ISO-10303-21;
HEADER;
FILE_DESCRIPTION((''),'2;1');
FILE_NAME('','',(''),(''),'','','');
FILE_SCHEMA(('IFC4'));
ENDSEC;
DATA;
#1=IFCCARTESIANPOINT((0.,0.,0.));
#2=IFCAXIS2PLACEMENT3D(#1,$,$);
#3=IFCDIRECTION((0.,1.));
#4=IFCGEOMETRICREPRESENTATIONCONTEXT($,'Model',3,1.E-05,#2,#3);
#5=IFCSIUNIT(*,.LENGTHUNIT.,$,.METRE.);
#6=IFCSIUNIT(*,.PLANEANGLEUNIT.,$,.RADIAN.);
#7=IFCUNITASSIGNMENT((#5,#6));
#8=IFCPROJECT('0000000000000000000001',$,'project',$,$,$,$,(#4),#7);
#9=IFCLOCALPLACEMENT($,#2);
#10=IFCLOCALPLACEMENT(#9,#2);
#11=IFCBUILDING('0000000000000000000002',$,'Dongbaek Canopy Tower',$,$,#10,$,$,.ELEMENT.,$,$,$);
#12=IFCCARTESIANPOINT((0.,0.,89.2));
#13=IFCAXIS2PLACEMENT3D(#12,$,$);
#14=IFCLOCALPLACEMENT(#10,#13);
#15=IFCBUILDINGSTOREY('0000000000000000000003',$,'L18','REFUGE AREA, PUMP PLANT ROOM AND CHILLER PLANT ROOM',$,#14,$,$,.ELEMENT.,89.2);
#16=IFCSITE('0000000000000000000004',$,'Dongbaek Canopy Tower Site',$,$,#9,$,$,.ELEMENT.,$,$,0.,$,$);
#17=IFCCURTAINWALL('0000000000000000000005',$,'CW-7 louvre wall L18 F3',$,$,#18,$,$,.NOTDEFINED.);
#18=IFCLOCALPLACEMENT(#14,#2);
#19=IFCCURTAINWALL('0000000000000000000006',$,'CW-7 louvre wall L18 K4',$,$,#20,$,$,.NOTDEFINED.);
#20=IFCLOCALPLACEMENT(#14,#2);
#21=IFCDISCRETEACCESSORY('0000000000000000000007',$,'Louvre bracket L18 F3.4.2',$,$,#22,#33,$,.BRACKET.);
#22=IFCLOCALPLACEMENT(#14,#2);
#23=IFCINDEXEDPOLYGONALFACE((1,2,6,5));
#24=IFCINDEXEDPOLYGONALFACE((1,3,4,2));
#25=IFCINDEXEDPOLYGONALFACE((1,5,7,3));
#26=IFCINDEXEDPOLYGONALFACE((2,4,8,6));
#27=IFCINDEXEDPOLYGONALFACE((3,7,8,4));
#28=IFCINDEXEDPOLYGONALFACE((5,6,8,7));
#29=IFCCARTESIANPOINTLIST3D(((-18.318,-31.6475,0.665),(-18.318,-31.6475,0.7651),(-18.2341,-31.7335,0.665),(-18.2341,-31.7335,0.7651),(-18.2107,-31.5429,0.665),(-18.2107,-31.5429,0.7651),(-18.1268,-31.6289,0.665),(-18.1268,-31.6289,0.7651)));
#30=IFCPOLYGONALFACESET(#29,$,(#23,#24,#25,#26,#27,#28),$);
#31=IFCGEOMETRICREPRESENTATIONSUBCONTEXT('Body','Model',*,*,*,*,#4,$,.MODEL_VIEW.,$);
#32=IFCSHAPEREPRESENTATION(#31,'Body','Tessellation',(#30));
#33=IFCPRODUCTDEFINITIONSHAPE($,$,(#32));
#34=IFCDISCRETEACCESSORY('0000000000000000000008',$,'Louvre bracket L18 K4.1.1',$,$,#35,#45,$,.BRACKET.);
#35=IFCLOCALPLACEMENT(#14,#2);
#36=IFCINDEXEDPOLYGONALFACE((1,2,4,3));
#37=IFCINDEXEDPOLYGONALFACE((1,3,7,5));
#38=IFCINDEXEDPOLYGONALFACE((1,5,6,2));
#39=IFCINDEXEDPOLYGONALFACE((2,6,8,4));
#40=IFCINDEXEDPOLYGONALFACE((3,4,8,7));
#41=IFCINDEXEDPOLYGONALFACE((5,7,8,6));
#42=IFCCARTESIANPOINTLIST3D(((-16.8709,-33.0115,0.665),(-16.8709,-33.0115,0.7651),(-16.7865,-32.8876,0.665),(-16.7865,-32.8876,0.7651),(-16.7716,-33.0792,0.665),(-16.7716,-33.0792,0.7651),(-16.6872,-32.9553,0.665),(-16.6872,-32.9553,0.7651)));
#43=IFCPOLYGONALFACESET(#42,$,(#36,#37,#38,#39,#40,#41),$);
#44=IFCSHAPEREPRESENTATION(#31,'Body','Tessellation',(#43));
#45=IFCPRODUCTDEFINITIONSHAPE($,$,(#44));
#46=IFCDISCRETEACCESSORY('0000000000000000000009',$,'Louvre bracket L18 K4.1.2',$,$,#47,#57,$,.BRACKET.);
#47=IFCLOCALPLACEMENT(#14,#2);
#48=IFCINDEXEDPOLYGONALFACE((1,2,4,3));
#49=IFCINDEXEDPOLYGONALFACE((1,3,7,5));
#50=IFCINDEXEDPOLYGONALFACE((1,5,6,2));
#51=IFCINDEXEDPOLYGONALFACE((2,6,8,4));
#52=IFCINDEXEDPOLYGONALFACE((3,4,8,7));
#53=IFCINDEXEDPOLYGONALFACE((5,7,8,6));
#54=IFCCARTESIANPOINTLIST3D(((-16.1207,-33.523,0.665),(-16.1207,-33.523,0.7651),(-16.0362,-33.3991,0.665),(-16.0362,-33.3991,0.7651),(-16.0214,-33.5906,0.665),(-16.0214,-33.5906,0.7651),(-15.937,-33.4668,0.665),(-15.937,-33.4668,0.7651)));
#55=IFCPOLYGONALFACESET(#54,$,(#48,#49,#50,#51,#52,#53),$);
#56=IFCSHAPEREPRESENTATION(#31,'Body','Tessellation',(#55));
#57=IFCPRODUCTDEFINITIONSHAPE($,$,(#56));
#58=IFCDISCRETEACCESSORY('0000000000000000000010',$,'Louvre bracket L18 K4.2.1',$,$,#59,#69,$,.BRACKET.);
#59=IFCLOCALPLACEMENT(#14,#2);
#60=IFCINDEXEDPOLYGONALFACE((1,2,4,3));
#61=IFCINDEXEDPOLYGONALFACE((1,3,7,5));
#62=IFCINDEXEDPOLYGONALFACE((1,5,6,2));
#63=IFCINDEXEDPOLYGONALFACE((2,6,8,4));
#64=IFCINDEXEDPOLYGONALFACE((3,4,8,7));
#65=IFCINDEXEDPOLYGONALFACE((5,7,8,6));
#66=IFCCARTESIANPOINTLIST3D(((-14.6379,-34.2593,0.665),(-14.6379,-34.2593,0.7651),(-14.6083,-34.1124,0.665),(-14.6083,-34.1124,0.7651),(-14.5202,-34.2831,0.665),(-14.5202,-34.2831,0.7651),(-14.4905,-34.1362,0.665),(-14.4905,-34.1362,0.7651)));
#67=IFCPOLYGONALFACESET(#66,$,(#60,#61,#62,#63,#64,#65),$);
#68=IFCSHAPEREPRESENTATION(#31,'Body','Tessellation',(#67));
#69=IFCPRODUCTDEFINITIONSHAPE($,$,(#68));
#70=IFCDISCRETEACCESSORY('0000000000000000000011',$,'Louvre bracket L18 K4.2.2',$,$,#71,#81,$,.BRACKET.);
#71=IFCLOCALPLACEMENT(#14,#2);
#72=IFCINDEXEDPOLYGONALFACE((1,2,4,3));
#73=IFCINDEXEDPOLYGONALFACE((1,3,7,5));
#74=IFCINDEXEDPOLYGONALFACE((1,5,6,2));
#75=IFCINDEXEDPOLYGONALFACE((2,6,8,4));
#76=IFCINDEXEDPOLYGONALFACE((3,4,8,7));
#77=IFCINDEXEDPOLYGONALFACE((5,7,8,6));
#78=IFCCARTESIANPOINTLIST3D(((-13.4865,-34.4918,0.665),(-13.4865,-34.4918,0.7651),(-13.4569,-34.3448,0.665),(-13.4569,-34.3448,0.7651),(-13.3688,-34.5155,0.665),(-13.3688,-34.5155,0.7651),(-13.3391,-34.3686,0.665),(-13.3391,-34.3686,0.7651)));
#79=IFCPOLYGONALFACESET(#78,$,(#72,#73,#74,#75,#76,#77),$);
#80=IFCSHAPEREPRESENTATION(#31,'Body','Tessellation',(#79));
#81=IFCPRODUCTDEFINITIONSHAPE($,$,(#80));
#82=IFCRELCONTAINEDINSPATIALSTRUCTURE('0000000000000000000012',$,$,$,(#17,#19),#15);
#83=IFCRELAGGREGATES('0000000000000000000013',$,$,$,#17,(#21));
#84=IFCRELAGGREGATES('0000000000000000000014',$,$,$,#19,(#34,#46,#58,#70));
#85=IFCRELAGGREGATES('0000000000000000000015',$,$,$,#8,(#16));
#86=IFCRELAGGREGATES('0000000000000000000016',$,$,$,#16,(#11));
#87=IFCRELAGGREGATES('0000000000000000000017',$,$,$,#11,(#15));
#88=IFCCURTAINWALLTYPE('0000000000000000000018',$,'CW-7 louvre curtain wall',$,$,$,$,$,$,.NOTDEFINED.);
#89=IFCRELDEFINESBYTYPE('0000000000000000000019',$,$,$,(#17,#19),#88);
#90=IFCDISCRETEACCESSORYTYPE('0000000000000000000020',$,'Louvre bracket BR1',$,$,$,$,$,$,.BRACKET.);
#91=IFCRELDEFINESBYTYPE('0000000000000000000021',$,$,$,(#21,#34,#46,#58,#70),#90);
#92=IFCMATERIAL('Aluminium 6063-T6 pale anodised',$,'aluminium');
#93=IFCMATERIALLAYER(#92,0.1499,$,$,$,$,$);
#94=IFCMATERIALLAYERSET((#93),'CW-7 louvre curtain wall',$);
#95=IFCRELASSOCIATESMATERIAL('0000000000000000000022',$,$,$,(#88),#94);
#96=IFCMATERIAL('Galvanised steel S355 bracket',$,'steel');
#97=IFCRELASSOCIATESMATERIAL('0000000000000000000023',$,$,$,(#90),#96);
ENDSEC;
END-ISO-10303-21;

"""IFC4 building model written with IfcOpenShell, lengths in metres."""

from ifc_helpers import new_model, si_unit, direction, frame, origin, origin_2d, place, context, subcontext, project, spatial, rectangle, extrude, material, layer, layer_set, type_object, element, aggregate, save


model = new_model("IFC4")

# Units and contexts
model_context = context("Model", 3, precision=1e-05, world=origin(), true_north=direction((0.0, 1.0)))
body_context = subcontext(model_context, "Body", "Model", "MODEL_VIEW")
ifc_project = project(units=[si_unit("LENGTHUNIT", "METRE"), si_unit("PLANEANGLEUNIT", "RADIAN")], contexts=[model_context])

# Site, building, storey
site_placement = place(None, origin())
site = spatial("IfcSite", under=ifc_project, at=site_placement, Name="Dongbaek Canopy Tower Site", CompositionType="ELEMENT", RefElevation=0.0)
building_placement = place(site_placement, origin())
building = spatial("IfcBuilding", under=site, at=building_placement, Name="Dongbaek Canopy Tower", CompositionType="ELEMENT")
storey_placement = place(building_placement, frame((0.0, 0.0, 89.2)))
storey = spatial("IfcBuildingStorey", under=building, at=storey_placement, Name="L18", Description="REFUGE AREA, PUMP PLANT ROOM AND CHILLER PLANT ROOM", CompositionType="ELEMENT", Elevation=89.2)

# Curtain wall
ifc_material_1 = material(Name="Aluminium 6063-T6 pale anodised", Category="aluminium")
ifc_layer_1 = layer(ifc_material_1, 0.1499)
ifc_layer_set_1 = layer_set([ifc_layer_1], Name="CW-7 louvre curtain wall")
curtain_wall_type = type_object("IfcCurtainWallType", Name="CW-7 louvre curtain wall", PredefinedType="NOTDEFINED", material=ifc_layer_set_1)
curtain_wall_1_placement = place(storey_placement, origin())
curtain_wall_1 = element("IfcCurtainWall", 1, at=curtain_wall_1_placement, inside=storey, type_object=curtain_wall_type, Name="CW-7 louvre wall L18 F3", PredefinedType="NOTDEFINED")

# Curtain wall
curtain_wall_2_placement = place(storey_placement, origin())
curtain_wall_2 = element("IfcCurtainWall", 2, at=curtain_wall_2_placement, inside=storey, type_object=curtain_wall_type, Name="CW-7 louvre wall L18 K4", PredefinedType="NOTDEFINED")

# Discrete accessories
ifc_material_2 = material(Name="Galvanised steel S355 bracket", Category="steel")
discrete_accessory_type = type_object("IfcDiscreteAccessoryType", Name="Louvre bracket BR1", PredefinedType="BRACKET", material=ifc_material_2)
discrete_accessory_1_placement = place(storey_placement, frame((-18.2224, -31.6382, 0.665), z_axis=(0.0, 0.0, 1.0), x_axis=(0.698181, -0.715921, 0.0)))
discrete_accessory_1 = element("IfcDiscreteAccessory", 3, at=discrete_accessory_1_placement, type_object=discrete_accessory_type, Name="Louvre bracket L18 F3.4.2", PredefinedType="BRACKET", context=body_context, shape_type="SweptSolid", body=[
    extrude(rectangle(XDim=0.1201, YDim=0.1499, at=origin_2d()), origin(), (0.0, 0.0, 1.0), 0.1001),
])
aggregate(curtain_wall_1, [discrete_accessory_1])
discrete_accessory_2_placement = place(storey_placement, frame((-16.7791, -32.9834, 0.665), z_axis=(0.0, 0.0, 1.0), x_axis=(0.82628, -0.56326, 0.0)))
discrete_accessory_2 = element("IfcDiscreteAccessory", 4, at=discrete_accessory_2_placement, type_object=discrete_accessory_type, Name="Louvre bracket L18 K4.1.1", PredefinedType="BRACKET", context=body_context, shape_type="SweptSolid", body=[
    extrude(rectangle(XDim=0.1201, YDim=0.1499, at=origin_2d()), origin(), (0.0, 0.0, 1.0), 0.1001),
])
discrete_accessory_3_placement = place(storey_placement, frame((-16.0288, -33.4949, 0.665), z_axis=(0.0, 0.0, 1.0), x_axis=(0.82628, -0.56326, 0.0)))
discrete_accessory_3 = element("IfcDiscreteAccessory", 5, at=discrete_accessory_3_placement, type_object=discrete_accessory_type, Name="Louvre bracket L18 K4.1.2", PredefinedType="BRACKET", context=body_context, shape_type="SweptSolid", body=[
    extrude(rectangle(XDim=0.1201, YDim=0.1499, at=origin_2d()), origin(), (0.0, 0.0, 1.0), 0.1001),
])
discrete_accessory_4_placement = place(storey_placement, frame((-14.5642, -34.1978, 0.665), z_axis=(0.0, 0.0, 1.0), x_axis=(0.980246, -0.19778, 0.0)))
discrete_accessory_4 = element("IfcDiscreteAccessory", 6, at=discrete_accessory_4_placement, type_object=discrete_accessory_type, Name="Louvre bracket L18 K4.2.1", PredefinedType="BRACKET", context=body_context, shape_type="SweptSolid", body=[
    extrude(rectangle(XDim=0.1201, YDim=0.1499, at=origin_2d()), origin(), (0.0, 0.0, 1.0), 0.1001),
])
discrete_accessory_5_placement = place(storey_placement, frame((-13.4128, -34.4302, 0.665), z_axis=(0.0, 0.0, 1.0), x_axis=(0.980246, -0.19778, 0.0)))
discrete_accessory_5 = element("IfcDiscreteAccessory", 7, at=discrete_accessory_5_placement, type_object=discrete_accessory_type, Name="Louvre bracket L18 K4.2.2", PredefinedType="BRACKET", context=body_context, shape_type="SweptSolid", body=[
    extrude(rectangle(XDim=0.1201, YDim=0.1499, at=origin_2d()), origin(), (0.0, 0.0, 1.0), 0.1001),
])
aggregate(curtain_wall_2, [discrete_accessory_2, discrete_accessory_3, discrete_accessory_4, discrete_accessory_5])

save(model, "model.ifc")
